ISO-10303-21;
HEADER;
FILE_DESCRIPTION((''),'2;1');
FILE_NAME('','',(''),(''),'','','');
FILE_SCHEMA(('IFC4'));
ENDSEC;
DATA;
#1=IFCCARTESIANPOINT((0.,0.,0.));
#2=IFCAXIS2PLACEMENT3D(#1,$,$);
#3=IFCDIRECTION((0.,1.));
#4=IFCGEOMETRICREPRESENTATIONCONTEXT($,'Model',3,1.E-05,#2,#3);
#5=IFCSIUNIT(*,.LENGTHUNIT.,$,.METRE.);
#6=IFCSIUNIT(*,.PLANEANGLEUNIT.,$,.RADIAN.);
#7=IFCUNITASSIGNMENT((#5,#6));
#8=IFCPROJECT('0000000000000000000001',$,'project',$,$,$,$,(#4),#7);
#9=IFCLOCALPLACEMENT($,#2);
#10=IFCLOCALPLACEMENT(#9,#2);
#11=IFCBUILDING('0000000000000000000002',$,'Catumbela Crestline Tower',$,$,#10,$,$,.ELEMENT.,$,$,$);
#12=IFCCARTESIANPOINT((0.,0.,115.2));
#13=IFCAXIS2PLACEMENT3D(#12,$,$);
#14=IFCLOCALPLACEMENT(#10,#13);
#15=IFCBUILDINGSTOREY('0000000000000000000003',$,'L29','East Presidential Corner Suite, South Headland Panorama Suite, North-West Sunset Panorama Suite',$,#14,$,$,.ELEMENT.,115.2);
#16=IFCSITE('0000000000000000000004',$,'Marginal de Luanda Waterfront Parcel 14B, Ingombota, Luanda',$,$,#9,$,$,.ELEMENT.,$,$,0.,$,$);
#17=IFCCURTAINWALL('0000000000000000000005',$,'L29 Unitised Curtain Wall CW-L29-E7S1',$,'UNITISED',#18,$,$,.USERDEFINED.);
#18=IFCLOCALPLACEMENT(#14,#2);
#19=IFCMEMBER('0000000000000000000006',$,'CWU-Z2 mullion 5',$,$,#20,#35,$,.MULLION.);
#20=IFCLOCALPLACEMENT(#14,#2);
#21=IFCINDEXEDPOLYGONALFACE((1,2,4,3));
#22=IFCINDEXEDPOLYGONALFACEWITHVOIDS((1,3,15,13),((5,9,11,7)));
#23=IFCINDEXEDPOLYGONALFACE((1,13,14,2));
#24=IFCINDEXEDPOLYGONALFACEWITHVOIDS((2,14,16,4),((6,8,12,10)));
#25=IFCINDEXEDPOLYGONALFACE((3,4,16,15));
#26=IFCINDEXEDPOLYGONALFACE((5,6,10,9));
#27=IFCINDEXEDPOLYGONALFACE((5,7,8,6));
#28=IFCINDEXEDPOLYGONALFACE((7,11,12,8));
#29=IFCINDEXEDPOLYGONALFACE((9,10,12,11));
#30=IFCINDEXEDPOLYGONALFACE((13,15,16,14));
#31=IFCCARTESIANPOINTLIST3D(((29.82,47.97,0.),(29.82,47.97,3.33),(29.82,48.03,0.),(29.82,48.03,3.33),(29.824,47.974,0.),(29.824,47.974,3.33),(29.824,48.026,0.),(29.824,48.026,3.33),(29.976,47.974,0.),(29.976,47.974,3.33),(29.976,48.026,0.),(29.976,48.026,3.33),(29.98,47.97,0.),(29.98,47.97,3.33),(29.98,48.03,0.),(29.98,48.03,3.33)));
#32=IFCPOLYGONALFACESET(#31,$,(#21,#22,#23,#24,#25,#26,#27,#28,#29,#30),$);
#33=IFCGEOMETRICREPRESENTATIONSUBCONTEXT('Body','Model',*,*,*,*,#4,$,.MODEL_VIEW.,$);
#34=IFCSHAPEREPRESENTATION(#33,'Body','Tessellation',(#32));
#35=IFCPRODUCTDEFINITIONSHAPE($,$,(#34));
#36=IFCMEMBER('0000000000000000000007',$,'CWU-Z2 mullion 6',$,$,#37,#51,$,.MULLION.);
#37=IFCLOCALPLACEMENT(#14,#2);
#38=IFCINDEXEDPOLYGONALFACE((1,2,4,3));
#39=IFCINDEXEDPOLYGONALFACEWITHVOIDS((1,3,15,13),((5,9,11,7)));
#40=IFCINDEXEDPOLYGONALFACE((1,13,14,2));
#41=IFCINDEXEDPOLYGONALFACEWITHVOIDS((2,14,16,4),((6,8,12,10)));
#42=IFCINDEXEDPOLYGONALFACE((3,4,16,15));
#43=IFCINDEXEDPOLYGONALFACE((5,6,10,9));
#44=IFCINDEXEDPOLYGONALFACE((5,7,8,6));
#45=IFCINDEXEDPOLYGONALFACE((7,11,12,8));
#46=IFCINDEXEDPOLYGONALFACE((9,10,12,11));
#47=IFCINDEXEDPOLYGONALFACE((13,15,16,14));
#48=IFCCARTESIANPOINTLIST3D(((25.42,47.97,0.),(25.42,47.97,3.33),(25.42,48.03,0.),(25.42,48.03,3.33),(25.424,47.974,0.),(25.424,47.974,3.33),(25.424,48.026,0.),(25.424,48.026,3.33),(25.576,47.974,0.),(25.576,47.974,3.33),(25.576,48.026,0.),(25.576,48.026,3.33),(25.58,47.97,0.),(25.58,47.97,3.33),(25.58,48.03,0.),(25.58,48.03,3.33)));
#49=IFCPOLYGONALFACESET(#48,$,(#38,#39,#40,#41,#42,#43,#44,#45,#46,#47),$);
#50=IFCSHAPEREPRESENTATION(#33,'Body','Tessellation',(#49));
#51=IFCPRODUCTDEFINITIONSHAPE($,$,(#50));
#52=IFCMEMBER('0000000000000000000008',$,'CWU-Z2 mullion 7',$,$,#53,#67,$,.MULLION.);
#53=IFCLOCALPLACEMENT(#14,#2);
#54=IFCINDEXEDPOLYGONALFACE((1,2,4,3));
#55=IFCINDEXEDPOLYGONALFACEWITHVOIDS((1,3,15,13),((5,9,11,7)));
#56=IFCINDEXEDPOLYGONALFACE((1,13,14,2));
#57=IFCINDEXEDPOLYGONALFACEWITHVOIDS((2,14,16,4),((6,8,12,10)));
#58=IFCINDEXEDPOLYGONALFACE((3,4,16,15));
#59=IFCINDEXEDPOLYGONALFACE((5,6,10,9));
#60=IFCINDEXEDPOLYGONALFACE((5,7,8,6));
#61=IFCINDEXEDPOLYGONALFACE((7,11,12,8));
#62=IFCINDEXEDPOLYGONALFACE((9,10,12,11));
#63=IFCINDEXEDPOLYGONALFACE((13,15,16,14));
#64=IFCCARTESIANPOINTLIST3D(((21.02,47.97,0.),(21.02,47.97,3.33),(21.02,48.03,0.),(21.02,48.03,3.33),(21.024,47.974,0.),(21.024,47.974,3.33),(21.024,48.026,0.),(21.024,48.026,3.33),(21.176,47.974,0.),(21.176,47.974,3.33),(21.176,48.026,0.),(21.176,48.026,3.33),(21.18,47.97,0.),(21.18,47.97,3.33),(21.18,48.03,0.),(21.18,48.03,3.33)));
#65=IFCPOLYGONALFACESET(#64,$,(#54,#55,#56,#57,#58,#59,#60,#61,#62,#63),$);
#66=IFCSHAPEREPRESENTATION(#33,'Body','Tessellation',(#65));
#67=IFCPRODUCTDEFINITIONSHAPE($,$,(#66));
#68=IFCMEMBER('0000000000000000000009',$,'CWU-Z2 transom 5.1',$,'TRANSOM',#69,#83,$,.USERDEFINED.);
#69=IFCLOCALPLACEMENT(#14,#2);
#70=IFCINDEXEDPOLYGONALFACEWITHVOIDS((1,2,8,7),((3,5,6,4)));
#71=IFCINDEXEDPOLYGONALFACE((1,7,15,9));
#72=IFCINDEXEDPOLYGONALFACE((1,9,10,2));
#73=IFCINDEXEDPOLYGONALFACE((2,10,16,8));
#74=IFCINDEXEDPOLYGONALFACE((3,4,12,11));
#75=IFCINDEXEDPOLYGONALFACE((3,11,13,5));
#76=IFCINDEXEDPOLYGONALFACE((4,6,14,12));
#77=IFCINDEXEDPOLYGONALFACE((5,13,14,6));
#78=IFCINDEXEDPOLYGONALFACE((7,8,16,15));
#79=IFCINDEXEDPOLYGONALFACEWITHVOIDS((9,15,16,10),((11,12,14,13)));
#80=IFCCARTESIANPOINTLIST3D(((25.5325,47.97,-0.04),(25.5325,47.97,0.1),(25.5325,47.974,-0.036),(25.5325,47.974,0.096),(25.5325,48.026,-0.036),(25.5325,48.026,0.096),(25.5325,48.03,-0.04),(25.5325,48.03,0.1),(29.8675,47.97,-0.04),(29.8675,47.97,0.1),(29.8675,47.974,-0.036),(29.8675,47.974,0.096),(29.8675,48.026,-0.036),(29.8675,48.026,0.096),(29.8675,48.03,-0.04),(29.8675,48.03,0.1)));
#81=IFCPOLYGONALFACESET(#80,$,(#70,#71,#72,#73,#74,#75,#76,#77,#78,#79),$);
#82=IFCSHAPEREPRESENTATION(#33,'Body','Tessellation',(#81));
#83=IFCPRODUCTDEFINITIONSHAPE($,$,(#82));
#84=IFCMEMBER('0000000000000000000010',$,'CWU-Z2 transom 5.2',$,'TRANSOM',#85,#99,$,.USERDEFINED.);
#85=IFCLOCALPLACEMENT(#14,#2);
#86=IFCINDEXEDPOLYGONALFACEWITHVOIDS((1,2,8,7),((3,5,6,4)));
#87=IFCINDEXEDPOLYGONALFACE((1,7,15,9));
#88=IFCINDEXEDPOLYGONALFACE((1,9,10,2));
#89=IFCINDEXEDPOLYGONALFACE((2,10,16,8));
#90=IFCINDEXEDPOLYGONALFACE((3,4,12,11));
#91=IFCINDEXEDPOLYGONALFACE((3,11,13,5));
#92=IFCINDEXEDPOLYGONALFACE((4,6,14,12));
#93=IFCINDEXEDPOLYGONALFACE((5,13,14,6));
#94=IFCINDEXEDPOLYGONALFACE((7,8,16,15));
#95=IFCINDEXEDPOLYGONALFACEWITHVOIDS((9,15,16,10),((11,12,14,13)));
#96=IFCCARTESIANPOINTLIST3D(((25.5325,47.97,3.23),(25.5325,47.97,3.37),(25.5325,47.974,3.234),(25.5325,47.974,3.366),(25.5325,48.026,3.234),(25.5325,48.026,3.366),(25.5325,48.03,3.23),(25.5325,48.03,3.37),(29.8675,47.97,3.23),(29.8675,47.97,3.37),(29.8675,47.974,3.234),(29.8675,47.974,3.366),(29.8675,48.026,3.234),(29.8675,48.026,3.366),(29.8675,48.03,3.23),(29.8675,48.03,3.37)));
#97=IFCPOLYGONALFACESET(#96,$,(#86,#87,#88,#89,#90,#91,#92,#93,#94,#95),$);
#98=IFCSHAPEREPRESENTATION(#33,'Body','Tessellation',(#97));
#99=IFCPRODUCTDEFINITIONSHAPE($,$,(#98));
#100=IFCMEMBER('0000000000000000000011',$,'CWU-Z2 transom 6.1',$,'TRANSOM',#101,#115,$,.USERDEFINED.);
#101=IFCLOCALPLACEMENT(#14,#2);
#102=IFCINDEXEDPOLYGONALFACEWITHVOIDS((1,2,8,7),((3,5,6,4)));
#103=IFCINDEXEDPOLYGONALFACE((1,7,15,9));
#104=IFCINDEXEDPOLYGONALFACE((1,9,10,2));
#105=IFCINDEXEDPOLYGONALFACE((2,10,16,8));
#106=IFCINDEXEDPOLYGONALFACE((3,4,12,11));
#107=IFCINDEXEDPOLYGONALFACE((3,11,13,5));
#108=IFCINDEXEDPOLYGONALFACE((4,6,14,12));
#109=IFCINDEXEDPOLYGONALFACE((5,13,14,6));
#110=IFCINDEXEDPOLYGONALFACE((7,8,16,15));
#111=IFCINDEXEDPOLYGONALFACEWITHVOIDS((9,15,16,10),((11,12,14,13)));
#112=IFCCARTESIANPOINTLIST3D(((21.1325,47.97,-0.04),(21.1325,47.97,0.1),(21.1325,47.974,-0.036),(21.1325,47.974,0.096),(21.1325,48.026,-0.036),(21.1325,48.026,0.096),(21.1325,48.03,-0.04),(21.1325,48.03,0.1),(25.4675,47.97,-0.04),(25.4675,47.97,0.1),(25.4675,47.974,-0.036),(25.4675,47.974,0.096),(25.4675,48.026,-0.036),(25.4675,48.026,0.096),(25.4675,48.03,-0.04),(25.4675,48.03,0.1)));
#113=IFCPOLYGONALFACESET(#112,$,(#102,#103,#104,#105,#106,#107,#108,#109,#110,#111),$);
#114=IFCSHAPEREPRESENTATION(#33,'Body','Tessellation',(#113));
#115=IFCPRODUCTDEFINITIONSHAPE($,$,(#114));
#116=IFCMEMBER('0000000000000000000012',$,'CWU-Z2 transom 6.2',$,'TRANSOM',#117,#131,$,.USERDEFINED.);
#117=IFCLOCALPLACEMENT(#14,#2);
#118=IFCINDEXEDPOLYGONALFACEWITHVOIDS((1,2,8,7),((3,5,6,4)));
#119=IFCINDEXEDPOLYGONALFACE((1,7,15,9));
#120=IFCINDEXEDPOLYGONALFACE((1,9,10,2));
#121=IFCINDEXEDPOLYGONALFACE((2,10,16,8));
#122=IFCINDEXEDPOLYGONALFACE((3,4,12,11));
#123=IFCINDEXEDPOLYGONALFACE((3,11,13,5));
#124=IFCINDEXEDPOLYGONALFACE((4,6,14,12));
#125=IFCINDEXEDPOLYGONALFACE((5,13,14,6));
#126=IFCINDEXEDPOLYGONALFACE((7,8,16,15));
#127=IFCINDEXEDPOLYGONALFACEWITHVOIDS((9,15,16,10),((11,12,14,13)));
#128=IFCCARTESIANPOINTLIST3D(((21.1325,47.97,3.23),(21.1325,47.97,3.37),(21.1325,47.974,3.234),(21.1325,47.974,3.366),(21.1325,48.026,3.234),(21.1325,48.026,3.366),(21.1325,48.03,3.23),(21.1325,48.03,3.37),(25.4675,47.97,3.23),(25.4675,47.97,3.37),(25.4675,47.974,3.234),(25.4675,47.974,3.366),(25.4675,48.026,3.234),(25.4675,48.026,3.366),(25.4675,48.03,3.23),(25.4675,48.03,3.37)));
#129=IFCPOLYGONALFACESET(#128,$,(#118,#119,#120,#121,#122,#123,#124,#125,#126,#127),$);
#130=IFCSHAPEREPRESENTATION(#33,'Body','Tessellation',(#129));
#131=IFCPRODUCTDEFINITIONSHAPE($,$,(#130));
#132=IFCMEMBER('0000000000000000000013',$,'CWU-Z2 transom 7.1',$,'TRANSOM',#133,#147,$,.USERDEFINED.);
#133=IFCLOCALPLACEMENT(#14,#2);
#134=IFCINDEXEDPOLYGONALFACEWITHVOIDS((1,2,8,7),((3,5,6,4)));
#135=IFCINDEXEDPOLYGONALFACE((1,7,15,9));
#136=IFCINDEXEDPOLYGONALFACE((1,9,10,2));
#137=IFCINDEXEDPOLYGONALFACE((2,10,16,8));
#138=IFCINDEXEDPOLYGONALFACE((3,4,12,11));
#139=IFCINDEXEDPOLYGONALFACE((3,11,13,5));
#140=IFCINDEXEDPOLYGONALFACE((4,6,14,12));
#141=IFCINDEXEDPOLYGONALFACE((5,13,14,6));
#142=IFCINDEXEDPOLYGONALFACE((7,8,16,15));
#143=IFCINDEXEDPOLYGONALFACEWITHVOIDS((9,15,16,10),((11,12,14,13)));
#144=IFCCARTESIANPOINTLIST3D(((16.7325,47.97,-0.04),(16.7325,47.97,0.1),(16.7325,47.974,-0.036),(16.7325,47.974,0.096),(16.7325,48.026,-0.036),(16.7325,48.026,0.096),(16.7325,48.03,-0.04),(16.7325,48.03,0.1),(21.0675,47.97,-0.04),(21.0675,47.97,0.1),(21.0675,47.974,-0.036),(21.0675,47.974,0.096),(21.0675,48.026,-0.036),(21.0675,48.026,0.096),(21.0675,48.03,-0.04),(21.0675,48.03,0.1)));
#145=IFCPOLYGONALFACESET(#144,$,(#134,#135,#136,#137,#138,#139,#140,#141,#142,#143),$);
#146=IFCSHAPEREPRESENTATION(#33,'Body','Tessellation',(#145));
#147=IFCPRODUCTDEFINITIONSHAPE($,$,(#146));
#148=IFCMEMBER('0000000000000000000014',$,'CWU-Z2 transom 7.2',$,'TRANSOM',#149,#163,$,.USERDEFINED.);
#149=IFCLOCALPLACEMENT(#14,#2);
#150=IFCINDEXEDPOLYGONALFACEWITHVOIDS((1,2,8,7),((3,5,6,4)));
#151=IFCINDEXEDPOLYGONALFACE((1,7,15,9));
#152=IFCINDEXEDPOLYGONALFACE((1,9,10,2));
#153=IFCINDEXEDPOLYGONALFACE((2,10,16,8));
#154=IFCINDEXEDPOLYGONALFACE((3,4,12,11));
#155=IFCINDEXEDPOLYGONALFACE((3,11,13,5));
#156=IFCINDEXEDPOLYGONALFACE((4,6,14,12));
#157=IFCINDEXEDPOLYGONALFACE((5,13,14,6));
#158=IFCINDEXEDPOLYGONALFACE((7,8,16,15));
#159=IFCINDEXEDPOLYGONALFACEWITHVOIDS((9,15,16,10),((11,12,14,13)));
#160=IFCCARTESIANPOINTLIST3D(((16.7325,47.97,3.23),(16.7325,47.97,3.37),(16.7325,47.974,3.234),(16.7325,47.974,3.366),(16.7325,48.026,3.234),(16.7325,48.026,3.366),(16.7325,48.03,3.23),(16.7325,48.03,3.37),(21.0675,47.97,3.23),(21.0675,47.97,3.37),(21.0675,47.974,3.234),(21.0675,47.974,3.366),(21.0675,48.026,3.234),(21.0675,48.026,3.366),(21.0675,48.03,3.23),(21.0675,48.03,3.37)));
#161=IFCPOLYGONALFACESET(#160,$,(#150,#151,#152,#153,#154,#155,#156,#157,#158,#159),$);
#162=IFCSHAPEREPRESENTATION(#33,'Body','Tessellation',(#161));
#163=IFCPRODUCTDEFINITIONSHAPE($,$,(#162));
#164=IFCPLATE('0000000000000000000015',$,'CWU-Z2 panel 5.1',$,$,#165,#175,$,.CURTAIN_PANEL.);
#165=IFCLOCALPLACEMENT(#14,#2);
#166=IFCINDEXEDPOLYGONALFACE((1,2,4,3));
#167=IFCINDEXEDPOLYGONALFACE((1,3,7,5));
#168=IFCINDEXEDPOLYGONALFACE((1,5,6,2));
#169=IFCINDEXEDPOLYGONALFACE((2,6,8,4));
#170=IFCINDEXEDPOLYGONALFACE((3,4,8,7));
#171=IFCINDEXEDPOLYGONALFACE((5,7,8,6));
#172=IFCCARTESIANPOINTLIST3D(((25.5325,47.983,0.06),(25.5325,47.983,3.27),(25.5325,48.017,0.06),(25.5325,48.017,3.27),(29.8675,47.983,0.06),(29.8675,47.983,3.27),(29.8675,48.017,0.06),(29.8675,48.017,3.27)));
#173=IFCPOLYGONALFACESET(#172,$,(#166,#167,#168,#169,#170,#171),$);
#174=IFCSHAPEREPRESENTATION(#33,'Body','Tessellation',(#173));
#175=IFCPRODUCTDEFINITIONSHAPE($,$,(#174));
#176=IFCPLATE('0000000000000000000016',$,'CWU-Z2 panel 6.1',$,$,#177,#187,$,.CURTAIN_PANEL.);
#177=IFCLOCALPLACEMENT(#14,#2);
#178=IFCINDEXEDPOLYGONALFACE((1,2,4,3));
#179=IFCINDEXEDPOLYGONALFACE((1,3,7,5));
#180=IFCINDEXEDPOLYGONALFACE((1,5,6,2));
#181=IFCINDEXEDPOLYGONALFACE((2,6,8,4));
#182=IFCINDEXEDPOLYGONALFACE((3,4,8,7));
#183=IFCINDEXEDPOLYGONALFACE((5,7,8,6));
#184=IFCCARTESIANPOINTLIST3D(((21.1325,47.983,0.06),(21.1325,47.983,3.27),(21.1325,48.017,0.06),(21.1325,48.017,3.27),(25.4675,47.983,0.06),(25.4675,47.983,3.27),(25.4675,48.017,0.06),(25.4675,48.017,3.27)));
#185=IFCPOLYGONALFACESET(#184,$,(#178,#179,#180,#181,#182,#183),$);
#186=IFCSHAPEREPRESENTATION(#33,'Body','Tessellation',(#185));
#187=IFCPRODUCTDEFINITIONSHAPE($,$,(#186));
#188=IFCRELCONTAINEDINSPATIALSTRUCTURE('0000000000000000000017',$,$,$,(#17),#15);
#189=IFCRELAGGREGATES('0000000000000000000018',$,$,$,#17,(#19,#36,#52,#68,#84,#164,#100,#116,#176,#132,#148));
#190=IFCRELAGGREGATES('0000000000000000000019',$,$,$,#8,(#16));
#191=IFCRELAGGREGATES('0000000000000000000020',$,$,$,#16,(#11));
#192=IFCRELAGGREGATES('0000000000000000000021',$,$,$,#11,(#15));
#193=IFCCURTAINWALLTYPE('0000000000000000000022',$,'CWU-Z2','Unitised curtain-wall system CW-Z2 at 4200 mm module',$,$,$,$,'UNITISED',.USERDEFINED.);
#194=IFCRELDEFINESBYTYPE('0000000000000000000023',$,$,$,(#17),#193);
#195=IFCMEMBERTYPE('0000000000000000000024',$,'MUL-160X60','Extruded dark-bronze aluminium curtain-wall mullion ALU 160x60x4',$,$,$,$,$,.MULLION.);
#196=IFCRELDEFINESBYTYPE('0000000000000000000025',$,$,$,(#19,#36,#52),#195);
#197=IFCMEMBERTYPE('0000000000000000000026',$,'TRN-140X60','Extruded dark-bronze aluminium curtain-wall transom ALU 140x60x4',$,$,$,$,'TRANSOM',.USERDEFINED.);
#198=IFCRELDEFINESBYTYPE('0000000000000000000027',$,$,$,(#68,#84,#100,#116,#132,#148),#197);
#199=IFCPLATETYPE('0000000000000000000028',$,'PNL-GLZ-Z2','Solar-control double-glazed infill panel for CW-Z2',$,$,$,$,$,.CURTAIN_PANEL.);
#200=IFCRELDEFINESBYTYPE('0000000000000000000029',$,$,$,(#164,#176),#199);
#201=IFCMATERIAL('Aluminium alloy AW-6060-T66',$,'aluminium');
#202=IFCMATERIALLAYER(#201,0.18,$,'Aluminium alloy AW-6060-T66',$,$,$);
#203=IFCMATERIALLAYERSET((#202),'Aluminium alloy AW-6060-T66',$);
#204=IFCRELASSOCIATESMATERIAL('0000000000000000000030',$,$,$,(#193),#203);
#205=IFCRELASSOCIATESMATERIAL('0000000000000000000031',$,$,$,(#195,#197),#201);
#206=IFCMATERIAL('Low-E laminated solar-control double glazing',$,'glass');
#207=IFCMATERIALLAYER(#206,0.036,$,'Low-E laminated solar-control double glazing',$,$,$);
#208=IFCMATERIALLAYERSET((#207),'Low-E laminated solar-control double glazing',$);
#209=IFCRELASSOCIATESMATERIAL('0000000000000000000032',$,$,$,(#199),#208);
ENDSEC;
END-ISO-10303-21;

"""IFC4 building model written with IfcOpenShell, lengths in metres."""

from ifc_helpers import new_model, si_unit, direction, frame, origin, origin_2d, place, context, subcontext, project, spatial, rectangle, hollow_rectangle, extrude, material, layer, layer_set, material_profile, profile_set, type_object, element, aggregate, save


model = new_model("IFC4")

# Units and contexts
model_context = context("Model", 3, precision=1e-05, world=origin(), true_north=direction((0.0, 1.0)))
body_context = subcontext(model_context, "Body", "Model", "MODEL_VIEW")
ifc_project = project(units=[si_unit("LENGTHUNIT", "METRE"), si_unit("PLANEANGLEUNIT", "RADIAN")], contexts=[model_context])

# Site, building, storey
site_placement = place(None, origin())
site = spatial("IfcSite", under=ifc_project, at=site_placement, Name="Marginal de Luanda Waterfront Parcel 14B, Ingombota, Luanda", CompositionType="ELEMENT", RefElevation=0.0)
building_placement = place(site_placement, origin())
building = spatial("IfcBuilding", under=site, at=building_placement, Name="Catumbela Crestline Tower", CompositionType="ELEMENT")
storey_placement = place(building_placement, frame((0.0, 0.0, 115.2)))
storey = spatial("IfcBuildingStorey", under=building, at=storey_placement, Name="L29", Description="East Presidential Corner Suite, South Headland Panorama Suite, North-West Sunset Panorama Suite", CompositionType="ELEMENT", Elevation=115.2)

# Curtain wall, members, plates
ifc_material_1 = material(Name="Aluminium alloy AW-6060-T66", Category="aluminium")
ifc_layer_1 = layer(ifc_material_1, 0.18, Name="Aluminium alloy AW-6060-T66")
ifc_layer_set_1 = layer_set([ifc_layer_1], Name="Aluminium alloy AW-6060-T66")
curtain_wall_type = type_object("IfcCurtainWallType", Name="CWU-Z2", Description="Unitised curtain-wall system CW-Z2 at 4200 mm module", ElementType="UNITISED", PredefinedType="USERDEFINED", material=ifc_layer_set_1)
curtain_wall_placement = place(storey_placement, origin())
curtain_wall = element("IfcCurtainWall", 1, at=curtain_wall_placement, inside=storey, type_object=curtain_wall_type, Name="L29 Unitised Curtain Wall CW-L29-E7S1", ObjectType="UNITISED", PredefinedType="USERDEFINED")
ifc_material_profile_1 = material_profile(ifc_material_1, hollow_rectangle(XDim=0.06, YDim=0.16, WallThickness=0.004, at=origin_2d()), Name="ALU 160x60x4")
ifc_profile_set_1 = profile_set([ifc_material_profile_1], Name="Aluminium alloy AW-6060-T66")
member_type_1 = type_object("IfcMemberType", Name="MUL-160X60", Description="Extruded dark-bronze aluminium curtain-wall mullion ALU 160x60x4", PredefinedType="MULLION", material=ifc_profile_set_1)
member_1_placement = place(storey_placement, frame((29.9, 48.0, 0.0), z_axis=(0.0, 0.0, 1.0), x_axis=(0.0, -1.0, 0.0)))
member_1 = element("IfcMember", 2, at=member_1_placement, type_object=member_type_1, Name="CWU-Z2 mullion 5", PredefinedType="MULLION", context=body_context, shape_type="SweptSolid", body=[
    extrude(hollow_rectangle(XDim=0.06, YDim=0.16, WallThickness=0.004, at=origin_2d()), origin(), (0.0, 0.0, 1.0), 3.33),
])
member_2_placement = place(storey_placement, frame((25.5, 48.0, 0.0), z_axis=(0.0, 0.0, 1.0), x_axis=(0.0, -1.0, 0.0)))
member_2 = element("IfcMember", 3, at=member_2_placement, type_object=member_type_1, Name="CWU-Z2 mullion 6", PredefinedType="MULLION", context=body_context, shape_type="SweptSolid", body=[
    extrude(hollow_rectangle(XDim=0.06, YDim=0.16, WallThickness=0.004, at=origin_2d()), origin(), (0.0, 0.0, 1.0), 3.33),
])
member_3_placement = place(storey_placement, frame((21.1, 48.0, 0.0), z_axis=(0.0, 0.0, 1.0), x_axis=(0.0, -1.0, 0.0)))
member_3 = element("IfcMember", 4, at=member_3_placement, type_object=member_type_1, Name="CWU-Z2 mullion 7", PredefinedType="MULLION", context=body_context, shape_type="SweptSolid", body=[
    extrude(hollow_rectangle(XDim=0.06, YDim=0.16, WallThickness=0.004, at=origin_2d()), origin(), (0.0, 0.0, 1.0), 3.33),
])
ifc_material_profile_2 = material_profile(ifc_material_1, hollow_rectangle(XDim=0.06, YDim=0.14, WallThickness=0.004, at=origin_2d()), Name="ALU 140x60x4")
ifc_profile_set_2 = profile_set([ifc_material_profile_2], Name="Aluminium alloy AW-6060-T66")
member_type_2 = type_object("IfcMemberType", Name="TRN-140X60", Description="Extruded dark-bronze aluminium curtain-wall transom ALU 140x60x4", ElementType="TRANSOM", PredefinedType="USERDEFINED", material=ifc_profile_set_2)
member_4_placement = place(storey_placement, frame((29.8675, 48.0, 0.03), z_axis=(-1.0, 0.0, 0.0), x_axis=(0.0, -1.0, 0.0)))
member_4 = element("IfcMember", 5, at=member_4_placement, type_object=member_type_2, Name="CWU-Z2 transom 5.1", ObjectType="TRANSOM", PredefinedType="USERDEFINED", context=body_context, shape_type="SweptSolid", body=[
    extrude(hollow_rectangle(XDim=0.06, YDim=0.14, WallThickness=0.004, at=origin_2d()), origin(), (0.0, 0.0, 1.0), 4.335),
])
member_5_placement = place(storey_placement, frame((29.8675, 48.0, 3.3), z_axis=(-1.0, 0.0, 0.0), x_axis=(0.0, -1.0, 0.0)))
member_5 = element("IfcMember", 6, at=member_5_placement, type_object=member_type_2, Name="CWU-Z2 transom 5.2", ObjectType="TRANSOM", PredefinedType="USERDEFINED", context=body_context, shape_type="SweptSolid", body=[
    extrude(hollow_rectangle(XDim=0.06, YDim=0.14, WallThickness=0.004, at=origin_2d()), origin(), (0.0, 0.0, 1.0), 4.335),
])
member_6_placement = place(storey_placement, frame((25.4675, 48.0, 0.03), z_axis=(-1.0, 0.0, 0.0), x_axis=(0.0, -1.0, 0.0)))
member_6 = element("IfcMember", 7, at=member_6_placement, type_object=member_type_2, Name="CWU-Z2 transom 6.1", ObjectType="TRANSOM", PredefinedType="USERDEFINED", context=body_context, shape_type="SweptSolid", body=[
    extrude(hollow_rectangle(XDim=0.06, YDim=0.14, WallThickness=0.004, at=origin_2d()), origin(), (0.0, 0.0, 1.0), 4.335),
])
member_7_placement = place(storey_placement, frame((25.4675, 48.0, 3.3), z_axis=(-1.0, 0.0, 0.0), x_axis=(0.0, -1.0, 0.0)))
member_7 = element("IfcMember", 8, at=member_7_placement, type_object=member_type_2, Name="CWU-Z2 transom 6.2", ObjectType="TRANSOM", PredefinedType="USERDEFINED", context=body_context, shape_type="SweptSolid", body=[
    extrude(hollow_rectangle(XDim=0.06, YDim=0.14, WallThickness=0.004, at=origin_2d()), origin(), (0.0, 0.0, 1.0), 4.335),
])
member_8_placement = place(storey_placement, frame((21.0675, 48.0, 0.03), z_axis=(-1.0, 0.0, 0.0), x_axis=(0.0, -1.0, 0.0)))
member_8 = element("IfcMember", 9, at=member_8_placement, type_object=member_type_2, Name="CWU-Z2 transom 7.1", ObjectType="TRANSOM", PredefinedType="USERDEFINED", context=body_context, shape_type="SweptSolid", body=[
    extrude(hollow_rectangle(XDim=0.06, YDim=0.14, WallThickness=0.004, at=origin_2d()), origin(), (0.0, 0.0, 1.0), 4.335),
])
member_9_placement = place(storey_placement, frame((21.0675, 48.0, 3.3), z_axis=(-1.0, 0.0, 0.0), x_axis=(0.0, -1.0, 0.0)))
member_9 = element("IfcMember", 10, at=member_9_placement, type_object=member_type_2, Name="CWU-Z2 transom 7.2", ObjectType="TRANSOM", PredefinedType="USERDEFINED", context=body_context, shape_type="SweptSolid", body=[
    extrude(hollow_rectangle(XDim=0.06, YDim=0.14, WallThickness=0.004, at=origin_2d()), origin(), (0.0, 0.0, 1.0), 4.335),
])
ifc_material_2 = material(Name="Low-E laminated solar-control double glazing", Category="glass")
ifc_layer_2 = layer(ifc_material_2, 0.036, Name="Low-E laminated solar-control double glazing")
ifc_layer_set_2 = layer_set([ifc_layer_2], Name="Low-E laminated solar-control double glazing")
plate_type = type_object("IfcPlateType", Name="PNL-GLZ-Z2", Description="Solar-control double-glazed infill panel for CW-Z2", PredefinedType="CURTAIN_PANEL", material=ifc_layer_set_2)
plate_1_placement = place(storey_placement, frame((27.7, 48.0, 0.06), z_axis=(0.0, 0.0, 1.0), x_axis=(-1.0, 0.0, 0.0)))
plate_1 = element("IfcPlate", 11, at=plate_1_placement, type_object=plate_type, Name="CWU-Z2 panel 5.1", PredefinedType="CURTAIN_PANEL", context=body_context, shape_type="SweptSolid", body=[
    extrude(rectangle(XDim=4.335, YDim=0.034, at=origin_2d()), origin(), (0.0, 0.0, 1.0), 3.21),
])
plate_2_placement = place(storey_placement, frame((23.3, 48.0, 0.06), z_axis=(0.0, 0.0, 1.0), x_axis=(-1.0, 0.0, 0.0)))
plate_2 = element("IfcPlate", 12, at=plate_2_placement, type_object=plate_type, Name="CWU-Z2 panel 6.1", PredefinedType="CURTAIN_PANEL", context=body_context, shape_type="SweptSolid", body=[
    extrude(rectangle(XDim=4.335, YDim=0.034, at=origin_2d()), origin(), (0.0, 0.0, 1.0), 3.21),
])
aggregate(curtain_wall, [member_1, member_2, member_3, member_4, member_5, plate_1, member_6, member_7, plate_2, member_8, member_9])

save(model, "model.ifc")
